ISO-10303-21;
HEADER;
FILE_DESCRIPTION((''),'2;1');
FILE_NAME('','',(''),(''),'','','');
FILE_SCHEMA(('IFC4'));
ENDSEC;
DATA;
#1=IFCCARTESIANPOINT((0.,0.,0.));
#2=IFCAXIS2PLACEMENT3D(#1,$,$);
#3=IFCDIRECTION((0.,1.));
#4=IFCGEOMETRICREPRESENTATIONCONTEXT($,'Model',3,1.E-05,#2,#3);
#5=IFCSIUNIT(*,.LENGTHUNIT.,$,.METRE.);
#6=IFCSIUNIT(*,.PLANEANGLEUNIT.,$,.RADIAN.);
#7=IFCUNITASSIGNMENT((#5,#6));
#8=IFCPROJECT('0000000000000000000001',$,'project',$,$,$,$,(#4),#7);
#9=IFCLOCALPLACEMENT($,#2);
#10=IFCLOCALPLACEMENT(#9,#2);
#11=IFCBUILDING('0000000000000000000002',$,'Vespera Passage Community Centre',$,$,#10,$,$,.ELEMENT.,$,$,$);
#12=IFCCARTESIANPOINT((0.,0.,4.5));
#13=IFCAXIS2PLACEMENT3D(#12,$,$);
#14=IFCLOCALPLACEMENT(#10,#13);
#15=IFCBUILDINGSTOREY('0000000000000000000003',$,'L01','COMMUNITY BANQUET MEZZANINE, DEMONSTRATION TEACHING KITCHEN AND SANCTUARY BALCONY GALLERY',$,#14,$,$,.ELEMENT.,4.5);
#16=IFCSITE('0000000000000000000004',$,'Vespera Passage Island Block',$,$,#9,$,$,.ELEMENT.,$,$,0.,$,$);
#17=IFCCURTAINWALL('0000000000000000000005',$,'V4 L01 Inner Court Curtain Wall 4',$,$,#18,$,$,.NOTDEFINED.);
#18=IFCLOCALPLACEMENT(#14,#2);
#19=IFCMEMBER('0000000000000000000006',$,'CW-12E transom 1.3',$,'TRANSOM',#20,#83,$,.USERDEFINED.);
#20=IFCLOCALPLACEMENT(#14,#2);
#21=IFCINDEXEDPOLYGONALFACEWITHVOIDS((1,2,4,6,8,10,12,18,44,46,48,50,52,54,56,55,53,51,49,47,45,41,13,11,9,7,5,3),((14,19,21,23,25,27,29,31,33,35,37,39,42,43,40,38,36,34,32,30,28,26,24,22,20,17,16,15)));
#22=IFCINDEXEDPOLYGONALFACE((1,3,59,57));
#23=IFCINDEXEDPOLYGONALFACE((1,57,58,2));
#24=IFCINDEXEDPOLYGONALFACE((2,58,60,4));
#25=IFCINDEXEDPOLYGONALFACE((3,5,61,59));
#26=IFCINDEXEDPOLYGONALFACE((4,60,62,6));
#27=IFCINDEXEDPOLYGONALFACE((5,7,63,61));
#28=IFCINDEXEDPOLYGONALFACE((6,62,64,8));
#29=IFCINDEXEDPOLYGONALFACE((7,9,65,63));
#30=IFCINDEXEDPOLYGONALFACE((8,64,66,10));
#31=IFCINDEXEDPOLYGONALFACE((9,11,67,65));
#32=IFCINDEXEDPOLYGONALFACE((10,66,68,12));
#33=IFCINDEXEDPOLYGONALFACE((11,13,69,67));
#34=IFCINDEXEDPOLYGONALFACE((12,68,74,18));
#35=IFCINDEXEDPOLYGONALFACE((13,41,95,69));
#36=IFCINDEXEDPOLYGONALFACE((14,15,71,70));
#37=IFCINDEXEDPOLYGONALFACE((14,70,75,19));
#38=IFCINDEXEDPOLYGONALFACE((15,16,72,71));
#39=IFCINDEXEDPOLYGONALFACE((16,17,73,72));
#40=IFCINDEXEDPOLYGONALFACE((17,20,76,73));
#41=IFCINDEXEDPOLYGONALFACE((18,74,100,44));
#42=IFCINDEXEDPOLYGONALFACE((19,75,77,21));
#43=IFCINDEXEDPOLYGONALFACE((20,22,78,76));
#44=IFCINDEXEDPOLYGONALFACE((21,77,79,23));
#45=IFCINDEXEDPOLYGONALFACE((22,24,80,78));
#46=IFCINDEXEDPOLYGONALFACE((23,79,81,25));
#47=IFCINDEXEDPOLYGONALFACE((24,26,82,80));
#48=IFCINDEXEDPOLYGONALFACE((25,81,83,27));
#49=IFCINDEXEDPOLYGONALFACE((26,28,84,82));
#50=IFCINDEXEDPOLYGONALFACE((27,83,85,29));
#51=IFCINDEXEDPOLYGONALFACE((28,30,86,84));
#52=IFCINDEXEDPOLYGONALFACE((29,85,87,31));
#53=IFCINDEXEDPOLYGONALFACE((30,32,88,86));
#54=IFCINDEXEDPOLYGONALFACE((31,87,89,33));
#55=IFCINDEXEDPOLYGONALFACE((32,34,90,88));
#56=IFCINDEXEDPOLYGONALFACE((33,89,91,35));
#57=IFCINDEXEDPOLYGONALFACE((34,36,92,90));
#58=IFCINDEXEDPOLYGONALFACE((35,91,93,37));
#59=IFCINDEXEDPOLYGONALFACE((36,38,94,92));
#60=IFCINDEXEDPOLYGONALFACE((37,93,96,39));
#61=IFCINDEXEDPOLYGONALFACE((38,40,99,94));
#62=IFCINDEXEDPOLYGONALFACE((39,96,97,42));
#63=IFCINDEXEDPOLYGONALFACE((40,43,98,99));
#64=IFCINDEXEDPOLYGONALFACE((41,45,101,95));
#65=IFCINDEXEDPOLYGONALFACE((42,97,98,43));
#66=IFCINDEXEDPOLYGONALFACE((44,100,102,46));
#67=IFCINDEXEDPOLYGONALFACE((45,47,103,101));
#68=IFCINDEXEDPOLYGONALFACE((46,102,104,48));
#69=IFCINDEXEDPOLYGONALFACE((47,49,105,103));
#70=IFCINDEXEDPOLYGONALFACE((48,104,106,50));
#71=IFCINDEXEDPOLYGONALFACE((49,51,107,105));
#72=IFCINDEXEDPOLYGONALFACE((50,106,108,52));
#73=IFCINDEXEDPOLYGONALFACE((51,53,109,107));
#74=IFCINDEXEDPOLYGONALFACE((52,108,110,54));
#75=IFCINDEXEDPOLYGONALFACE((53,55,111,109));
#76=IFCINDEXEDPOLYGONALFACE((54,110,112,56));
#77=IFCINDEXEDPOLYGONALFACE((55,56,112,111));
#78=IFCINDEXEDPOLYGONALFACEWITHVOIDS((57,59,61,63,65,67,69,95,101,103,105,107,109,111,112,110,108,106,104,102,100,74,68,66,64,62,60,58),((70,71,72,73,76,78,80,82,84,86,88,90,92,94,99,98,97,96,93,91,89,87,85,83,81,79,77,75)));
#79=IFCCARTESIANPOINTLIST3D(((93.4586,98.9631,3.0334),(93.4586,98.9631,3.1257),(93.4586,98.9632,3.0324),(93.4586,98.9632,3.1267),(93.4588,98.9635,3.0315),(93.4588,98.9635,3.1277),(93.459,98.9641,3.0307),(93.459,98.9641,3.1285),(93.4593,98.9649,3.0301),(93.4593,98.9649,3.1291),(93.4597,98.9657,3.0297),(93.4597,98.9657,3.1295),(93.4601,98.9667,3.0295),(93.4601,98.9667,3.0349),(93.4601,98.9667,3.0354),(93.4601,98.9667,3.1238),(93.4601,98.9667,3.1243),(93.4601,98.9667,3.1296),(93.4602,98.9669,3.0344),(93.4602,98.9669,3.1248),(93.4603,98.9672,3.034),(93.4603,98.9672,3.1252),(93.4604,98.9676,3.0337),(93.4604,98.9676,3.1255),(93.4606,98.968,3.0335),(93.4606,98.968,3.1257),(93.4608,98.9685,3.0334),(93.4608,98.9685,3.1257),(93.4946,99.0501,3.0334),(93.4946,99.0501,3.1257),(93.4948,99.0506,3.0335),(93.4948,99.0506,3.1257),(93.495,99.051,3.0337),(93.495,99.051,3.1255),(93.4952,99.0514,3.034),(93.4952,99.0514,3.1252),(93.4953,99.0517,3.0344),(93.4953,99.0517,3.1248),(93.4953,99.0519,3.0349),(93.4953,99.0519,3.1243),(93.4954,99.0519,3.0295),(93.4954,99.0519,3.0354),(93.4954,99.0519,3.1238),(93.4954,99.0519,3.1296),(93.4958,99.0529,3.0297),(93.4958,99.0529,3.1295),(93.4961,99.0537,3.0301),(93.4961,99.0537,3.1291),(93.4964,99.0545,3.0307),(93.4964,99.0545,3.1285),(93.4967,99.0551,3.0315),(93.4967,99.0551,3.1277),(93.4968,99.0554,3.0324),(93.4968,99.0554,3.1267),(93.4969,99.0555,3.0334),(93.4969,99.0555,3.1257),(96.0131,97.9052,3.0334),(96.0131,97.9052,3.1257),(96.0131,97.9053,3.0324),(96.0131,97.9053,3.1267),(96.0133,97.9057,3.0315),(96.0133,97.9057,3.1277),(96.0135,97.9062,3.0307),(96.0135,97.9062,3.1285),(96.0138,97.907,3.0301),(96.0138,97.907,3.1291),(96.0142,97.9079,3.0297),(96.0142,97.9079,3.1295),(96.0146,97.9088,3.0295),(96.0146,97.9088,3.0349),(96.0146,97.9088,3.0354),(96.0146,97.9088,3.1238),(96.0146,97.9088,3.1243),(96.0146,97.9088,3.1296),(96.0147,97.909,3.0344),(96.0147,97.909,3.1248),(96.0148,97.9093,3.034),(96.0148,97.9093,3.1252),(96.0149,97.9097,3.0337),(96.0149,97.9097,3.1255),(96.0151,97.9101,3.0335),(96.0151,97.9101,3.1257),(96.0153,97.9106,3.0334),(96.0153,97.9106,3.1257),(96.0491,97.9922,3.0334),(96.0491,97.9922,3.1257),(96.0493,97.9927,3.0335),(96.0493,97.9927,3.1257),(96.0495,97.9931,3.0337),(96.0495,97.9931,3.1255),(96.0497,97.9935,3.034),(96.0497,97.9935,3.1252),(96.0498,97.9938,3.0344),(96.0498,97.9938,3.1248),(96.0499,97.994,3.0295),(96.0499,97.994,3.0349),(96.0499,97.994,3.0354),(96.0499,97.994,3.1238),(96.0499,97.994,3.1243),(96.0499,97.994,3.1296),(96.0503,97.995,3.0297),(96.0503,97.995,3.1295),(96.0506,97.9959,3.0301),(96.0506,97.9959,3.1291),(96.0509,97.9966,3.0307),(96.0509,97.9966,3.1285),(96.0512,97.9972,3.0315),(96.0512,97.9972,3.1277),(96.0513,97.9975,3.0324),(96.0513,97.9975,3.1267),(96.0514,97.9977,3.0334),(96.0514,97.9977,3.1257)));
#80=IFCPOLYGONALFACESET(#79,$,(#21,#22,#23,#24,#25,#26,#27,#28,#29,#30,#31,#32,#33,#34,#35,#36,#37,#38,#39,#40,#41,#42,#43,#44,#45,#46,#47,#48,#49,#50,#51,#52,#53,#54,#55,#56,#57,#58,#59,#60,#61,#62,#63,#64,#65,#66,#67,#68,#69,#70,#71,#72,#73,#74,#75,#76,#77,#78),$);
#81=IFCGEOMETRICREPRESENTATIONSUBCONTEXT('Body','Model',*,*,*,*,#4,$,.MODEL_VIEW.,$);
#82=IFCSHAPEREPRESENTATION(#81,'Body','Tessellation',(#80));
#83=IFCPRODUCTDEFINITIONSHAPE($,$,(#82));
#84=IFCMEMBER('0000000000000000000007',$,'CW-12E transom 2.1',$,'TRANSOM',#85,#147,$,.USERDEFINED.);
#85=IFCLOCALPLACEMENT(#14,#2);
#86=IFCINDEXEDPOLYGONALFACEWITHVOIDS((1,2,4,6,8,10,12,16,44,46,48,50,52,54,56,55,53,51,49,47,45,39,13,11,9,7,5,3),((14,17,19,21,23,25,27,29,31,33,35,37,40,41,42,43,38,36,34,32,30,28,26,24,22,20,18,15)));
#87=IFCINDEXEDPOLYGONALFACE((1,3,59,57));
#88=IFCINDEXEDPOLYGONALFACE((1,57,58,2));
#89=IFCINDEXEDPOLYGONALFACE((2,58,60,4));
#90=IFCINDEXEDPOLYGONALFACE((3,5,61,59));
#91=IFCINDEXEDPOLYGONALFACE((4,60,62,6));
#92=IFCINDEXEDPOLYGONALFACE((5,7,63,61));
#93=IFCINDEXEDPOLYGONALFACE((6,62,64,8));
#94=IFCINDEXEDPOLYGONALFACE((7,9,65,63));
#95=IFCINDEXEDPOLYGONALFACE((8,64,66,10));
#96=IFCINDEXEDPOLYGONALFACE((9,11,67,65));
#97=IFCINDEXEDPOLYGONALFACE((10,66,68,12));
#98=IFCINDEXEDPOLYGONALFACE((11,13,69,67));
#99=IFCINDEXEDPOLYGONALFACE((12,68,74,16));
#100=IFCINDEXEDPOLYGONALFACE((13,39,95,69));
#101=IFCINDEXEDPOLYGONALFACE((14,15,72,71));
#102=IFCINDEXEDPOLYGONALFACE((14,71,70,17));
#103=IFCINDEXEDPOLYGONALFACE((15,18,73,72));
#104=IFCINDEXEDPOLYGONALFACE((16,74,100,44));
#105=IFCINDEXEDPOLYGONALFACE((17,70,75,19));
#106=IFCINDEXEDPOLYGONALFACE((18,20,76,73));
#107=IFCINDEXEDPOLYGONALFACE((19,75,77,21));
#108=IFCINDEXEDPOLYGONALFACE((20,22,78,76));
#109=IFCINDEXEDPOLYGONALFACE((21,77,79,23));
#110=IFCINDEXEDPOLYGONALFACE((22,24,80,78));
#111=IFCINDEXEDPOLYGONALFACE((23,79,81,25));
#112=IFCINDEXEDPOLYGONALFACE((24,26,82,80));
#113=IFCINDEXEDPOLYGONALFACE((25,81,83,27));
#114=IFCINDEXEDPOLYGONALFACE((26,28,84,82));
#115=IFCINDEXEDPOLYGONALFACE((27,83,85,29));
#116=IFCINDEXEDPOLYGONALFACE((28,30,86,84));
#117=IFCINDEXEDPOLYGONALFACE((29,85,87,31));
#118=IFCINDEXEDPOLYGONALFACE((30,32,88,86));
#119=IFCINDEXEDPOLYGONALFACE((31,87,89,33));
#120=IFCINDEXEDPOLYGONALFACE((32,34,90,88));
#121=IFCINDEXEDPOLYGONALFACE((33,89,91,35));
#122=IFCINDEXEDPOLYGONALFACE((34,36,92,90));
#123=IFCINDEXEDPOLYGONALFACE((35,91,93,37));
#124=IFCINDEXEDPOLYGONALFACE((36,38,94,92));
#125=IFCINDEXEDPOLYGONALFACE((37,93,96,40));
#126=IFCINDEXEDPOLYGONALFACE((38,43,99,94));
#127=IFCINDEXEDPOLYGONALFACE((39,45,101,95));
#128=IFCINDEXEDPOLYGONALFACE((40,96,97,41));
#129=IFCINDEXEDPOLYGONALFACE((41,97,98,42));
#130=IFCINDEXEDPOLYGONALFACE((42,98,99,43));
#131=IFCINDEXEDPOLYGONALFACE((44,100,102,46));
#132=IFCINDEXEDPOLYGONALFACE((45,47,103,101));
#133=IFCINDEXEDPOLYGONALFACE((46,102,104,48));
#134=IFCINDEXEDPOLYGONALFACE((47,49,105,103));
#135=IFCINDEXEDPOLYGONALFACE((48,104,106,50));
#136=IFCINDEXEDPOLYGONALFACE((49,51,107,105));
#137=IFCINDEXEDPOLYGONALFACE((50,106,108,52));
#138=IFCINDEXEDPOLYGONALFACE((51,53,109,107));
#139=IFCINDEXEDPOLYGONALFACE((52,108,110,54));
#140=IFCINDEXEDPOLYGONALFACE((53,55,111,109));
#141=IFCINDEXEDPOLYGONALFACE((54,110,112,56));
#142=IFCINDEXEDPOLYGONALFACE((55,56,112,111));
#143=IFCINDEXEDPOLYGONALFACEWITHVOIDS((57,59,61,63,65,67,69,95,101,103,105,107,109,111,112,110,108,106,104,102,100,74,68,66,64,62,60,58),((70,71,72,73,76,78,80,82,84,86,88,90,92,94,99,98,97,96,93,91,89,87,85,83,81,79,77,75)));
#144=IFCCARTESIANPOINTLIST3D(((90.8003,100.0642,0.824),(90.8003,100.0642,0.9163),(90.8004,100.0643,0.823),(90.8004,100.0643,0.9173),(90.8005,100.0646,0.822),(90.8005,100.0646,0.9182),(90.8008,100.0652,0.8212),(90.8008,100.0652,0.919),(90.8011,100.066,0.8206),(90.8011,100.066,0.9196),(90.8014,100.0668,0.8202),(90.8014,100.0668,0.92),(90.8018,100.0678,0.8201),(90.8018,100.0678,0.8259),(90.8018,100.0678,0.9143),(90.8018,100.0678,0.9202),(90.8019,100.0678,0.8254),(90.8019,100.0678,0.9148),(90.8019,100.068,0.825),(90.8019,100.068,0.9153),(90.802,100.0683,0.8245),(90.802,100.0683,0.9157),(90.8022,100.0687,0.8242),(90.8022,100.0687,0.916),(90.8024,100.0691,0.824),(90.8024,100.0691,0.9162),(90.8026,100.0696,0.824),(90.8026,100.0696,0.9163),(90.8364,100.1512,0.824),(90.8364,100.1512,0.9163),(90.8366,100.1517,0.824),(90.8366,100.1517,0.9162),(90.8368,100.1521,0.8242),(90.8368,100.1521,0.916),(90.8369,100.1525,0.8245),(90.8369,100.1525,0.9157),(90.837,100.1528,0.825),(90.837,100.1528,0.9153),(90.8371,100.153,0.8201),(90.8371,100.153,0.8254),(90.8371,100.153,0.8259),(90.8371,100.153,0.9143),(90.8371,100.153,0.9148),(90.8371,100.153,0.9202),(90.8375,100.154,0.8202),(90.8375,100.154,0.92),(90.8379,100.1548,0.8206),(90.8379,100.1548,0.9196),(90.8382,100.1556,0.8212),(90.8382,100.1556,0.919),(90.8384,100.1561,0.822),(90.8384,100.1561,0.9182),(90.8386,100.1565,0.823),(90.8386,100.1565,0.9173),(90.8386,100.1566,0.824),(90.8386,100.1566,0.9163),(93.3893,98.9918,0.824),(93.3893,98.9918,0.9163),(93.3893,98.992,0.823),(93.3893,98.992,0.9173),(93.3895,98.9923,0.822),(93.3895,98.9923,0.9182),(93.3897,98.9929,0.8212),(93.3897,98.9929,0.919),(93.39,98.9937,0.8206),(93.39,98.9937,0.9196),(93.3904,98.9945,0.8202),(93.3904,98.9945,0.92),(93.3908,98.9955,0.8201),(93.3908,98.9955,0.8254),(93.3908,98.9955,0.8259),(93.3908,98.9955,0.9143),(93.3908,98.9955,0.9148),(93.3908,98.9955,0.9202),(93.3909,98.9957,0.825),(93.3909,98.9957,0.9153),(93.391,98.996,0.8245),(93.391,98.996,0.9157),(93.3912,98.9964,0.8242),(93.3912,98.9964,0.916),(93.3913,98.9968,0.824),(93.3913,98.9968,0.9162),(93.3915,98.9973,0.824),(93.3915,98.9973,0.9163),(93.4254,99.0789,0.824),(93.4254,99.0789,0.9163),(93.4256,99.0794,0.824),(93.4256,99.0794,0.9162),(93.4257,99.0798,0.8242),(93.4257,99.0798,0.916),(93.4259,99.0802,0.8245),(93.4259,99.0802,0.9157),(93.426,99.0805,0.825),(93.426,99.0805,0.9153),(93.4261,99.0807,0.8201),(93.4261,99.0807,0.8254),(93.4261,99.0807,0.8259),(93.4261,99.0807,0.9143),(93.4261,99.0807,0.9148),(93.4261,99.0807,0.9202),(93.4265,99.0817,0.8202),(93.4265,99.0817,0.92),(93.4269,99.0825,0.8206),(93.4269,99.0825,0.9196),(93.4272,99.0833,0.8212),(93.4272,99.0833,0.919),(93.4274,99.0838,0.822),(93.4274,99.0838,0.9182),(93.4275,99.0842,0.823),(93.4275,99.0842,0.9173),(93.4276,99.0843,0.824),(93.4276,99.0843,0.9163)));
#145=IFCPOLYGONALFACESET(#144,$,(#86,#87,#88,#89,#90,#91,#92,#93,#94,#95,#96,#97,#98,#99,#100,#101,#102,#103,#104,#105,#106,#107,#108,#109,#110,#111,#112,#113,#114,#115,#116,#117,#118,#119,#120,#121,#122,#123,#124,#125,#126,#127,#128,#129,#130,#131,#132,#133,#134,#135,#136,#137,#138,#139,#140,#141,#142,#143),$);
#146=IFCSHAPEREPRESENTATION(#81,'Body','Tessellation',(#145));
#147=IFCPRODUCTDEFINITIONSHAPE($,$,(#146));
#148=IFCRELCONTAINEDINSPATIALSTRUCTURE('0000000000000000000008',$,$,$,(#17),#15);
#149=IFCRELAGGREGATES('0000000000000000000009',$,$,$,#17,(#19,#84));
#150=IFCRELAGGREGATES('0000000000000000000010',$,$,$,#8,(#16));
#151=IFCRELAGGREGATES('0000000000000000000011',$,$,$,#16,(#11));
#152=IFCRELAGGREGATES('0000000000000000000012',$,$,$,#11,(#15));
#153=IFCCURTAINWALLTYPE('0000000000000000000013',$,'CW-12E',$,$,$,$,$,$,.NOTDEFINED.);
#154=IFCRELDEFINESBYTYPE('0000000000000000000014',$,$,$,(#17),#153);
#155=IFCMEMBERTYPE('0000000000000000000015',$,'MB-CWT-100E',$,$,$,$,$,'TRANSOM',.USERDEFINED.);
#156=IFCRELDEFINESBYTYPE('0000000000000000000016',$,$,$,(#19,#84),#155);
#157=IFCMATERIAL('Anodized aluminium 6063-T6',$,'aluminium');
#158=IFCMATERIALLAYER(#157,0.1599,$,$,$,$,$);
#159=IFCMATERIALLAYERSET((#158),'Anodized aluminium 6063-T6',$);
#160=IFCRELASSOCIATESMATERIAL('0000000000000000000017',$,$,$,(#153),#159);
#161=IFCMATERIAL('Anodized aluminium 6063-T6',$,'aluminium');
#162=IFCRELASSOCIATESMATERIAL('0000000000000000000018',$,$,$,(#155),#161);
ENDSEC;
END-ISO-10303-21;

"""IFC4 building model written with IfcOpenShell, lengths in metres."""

from ifc_helpers import new_model, si_unit, direction, frame, origin, origin_2d, place, context, subcontext, project, spatial, hollow_rectangle, extrude, material, layer, layer_set, material_profile, profile_set, type_object, element, aggregate, save


model = new_model("IFC4")

# Units and contexts
model_context = context("Model", 3, precision=1e-05, world=origin(), true_north=direction((0.0, 1.0)))
body_context = subcontext(model_context, "Body", "Model", "MODEL_VIEW")
ifc_project = project(units=[si_unit("LENGTHUNIT", "METRE"), si_unit("PLANEANGLEUNIT", "RADIAN")], contexts=[model_context])

# Site, building, storey
site_placement = place(None, origin())
site = spatial("IfcSite", under=ifc_project, at=site_placement, Name="Vespera Passage Island Block", CompositionType="ELEMENT", RefElevation=0.0)
building_placement = place(site_placement, origin())
building = spatial("IfcBuilding", under=site, at=building_placement, Name="Vespera Passage Community Centre", CompositionType="ELEMENT")
storey_placement = place(building_placement, frame((0.0, 0.0, 4.5)))
storey = spatial("IfcBuildingStorey", under=building, at=storey_placement, Name="L01", Description="COMMUNITY BANQUET MEZZANINE, DEMONSTRATION TEACHING KITCHEN AND SANCTUARY BALCONY GALLERY", CompositionType="ELEMENT", Elevation=4.5)

# Curtain wall, members
ifc_material_1 = material(Name="Anodized aluminium 6063-T6", Category="aluminium")
ifc_layer_1 = layer(ifc_material_1, 0.1599)
ifc_layer_set_1 = layer_set([ifc_layer_1], Name="Anodized aluminium 6063-T6")
curtain_wall_type = type_object("IfcCurtainWallType", Name="CW-12E", PredefinedType="NOTDEFINED", material=ifc_layer_set_1)
curtain_wall_placement = place(storey_placement, origin())
curtain_wall = element("IfcCurtainWall", 1, at=curtain_wall_placement, inside=storey, type_object=curtain_wall_type, Name="V4 L01 Inner Court Curtain Wall 4", PredefinedType="NOTDEFINED")
ifc_material_2 = material(Name="Anodized aluminium 6063-T6", Category="aluminium")
ifc_material_profile_1 = material_profile(ifc_material_2, hollow_rectangle(XDim=0.1001, YDim=0.1001, WallThickness=0.0039, InnerFilletRadius=0.002, OuterFilletRadius=0.0039, at=origin_2d()), Name="ALU100X100X4")
ifc_profile_set_1 = profile_set([ifc_material_profile_1], Name="Anodized aluminium 6063-T6")
member_type_1 = type_object("IfcMemberType", Name="MB-CWT-100E", ElementType="TRANSOM", PredefinedType="USERDEFINED", material=ifc_profile_set_1)
member_1_placement = place(storey_placement, frame((96.0322, 97.9514, 3.0796), z_axis=(-0.923908, 0.382614, 0.0), x_axis=(-0.382614, -0.923908, 0.0)))
member_1 = element("IfcMember", 2, at=member_1_placement, type_object=member_type_1, Name="CW-12E transom 1.3", ObjectType="TRANSOM", PredefinedType="USERDEFINED", context=body_context, shape_type="SweptSolid", body=[
    extrude(hollow_rectangle(XDim=0.1001, YDim=0.1001, WallThickness=0.0039, InnerFilletRadius=0.002, OuterFilletRadius=0.0039, at=origin_2d()), origin(), (0.0, 0.0, 1.0), 2.7649),
])
member_2_placement = place(storey_placement, frame((93.4084, 99.0381, 0.8701), z_axis=(-0.923889, 0.38266, 0.0), x_axis=(-0.38266, -0.923889, 0.0)))
member_2 = element("IfcMember", 3, at=member_2_placement, type_object=member_type_1, Name="CW-12E transom 2.1", ObjectType="TRANSOM", PredefinedType="USERDEFINED", context=body_context, shape_type="SweptSolid", body=[
    extrude(hollow_rectangle(XDim=0.1001, YDim=0.1001, WallThickness=0.0039, InnerFilletRadius=0.002, OuterFilletRadius=0.0039, at=origin_2d()), origin(), (0.0, 0.0, 1.0), 2.8022),
])
aggregate(curtain_wall, [member_1, member_2])

save(model, "model.ifc")
